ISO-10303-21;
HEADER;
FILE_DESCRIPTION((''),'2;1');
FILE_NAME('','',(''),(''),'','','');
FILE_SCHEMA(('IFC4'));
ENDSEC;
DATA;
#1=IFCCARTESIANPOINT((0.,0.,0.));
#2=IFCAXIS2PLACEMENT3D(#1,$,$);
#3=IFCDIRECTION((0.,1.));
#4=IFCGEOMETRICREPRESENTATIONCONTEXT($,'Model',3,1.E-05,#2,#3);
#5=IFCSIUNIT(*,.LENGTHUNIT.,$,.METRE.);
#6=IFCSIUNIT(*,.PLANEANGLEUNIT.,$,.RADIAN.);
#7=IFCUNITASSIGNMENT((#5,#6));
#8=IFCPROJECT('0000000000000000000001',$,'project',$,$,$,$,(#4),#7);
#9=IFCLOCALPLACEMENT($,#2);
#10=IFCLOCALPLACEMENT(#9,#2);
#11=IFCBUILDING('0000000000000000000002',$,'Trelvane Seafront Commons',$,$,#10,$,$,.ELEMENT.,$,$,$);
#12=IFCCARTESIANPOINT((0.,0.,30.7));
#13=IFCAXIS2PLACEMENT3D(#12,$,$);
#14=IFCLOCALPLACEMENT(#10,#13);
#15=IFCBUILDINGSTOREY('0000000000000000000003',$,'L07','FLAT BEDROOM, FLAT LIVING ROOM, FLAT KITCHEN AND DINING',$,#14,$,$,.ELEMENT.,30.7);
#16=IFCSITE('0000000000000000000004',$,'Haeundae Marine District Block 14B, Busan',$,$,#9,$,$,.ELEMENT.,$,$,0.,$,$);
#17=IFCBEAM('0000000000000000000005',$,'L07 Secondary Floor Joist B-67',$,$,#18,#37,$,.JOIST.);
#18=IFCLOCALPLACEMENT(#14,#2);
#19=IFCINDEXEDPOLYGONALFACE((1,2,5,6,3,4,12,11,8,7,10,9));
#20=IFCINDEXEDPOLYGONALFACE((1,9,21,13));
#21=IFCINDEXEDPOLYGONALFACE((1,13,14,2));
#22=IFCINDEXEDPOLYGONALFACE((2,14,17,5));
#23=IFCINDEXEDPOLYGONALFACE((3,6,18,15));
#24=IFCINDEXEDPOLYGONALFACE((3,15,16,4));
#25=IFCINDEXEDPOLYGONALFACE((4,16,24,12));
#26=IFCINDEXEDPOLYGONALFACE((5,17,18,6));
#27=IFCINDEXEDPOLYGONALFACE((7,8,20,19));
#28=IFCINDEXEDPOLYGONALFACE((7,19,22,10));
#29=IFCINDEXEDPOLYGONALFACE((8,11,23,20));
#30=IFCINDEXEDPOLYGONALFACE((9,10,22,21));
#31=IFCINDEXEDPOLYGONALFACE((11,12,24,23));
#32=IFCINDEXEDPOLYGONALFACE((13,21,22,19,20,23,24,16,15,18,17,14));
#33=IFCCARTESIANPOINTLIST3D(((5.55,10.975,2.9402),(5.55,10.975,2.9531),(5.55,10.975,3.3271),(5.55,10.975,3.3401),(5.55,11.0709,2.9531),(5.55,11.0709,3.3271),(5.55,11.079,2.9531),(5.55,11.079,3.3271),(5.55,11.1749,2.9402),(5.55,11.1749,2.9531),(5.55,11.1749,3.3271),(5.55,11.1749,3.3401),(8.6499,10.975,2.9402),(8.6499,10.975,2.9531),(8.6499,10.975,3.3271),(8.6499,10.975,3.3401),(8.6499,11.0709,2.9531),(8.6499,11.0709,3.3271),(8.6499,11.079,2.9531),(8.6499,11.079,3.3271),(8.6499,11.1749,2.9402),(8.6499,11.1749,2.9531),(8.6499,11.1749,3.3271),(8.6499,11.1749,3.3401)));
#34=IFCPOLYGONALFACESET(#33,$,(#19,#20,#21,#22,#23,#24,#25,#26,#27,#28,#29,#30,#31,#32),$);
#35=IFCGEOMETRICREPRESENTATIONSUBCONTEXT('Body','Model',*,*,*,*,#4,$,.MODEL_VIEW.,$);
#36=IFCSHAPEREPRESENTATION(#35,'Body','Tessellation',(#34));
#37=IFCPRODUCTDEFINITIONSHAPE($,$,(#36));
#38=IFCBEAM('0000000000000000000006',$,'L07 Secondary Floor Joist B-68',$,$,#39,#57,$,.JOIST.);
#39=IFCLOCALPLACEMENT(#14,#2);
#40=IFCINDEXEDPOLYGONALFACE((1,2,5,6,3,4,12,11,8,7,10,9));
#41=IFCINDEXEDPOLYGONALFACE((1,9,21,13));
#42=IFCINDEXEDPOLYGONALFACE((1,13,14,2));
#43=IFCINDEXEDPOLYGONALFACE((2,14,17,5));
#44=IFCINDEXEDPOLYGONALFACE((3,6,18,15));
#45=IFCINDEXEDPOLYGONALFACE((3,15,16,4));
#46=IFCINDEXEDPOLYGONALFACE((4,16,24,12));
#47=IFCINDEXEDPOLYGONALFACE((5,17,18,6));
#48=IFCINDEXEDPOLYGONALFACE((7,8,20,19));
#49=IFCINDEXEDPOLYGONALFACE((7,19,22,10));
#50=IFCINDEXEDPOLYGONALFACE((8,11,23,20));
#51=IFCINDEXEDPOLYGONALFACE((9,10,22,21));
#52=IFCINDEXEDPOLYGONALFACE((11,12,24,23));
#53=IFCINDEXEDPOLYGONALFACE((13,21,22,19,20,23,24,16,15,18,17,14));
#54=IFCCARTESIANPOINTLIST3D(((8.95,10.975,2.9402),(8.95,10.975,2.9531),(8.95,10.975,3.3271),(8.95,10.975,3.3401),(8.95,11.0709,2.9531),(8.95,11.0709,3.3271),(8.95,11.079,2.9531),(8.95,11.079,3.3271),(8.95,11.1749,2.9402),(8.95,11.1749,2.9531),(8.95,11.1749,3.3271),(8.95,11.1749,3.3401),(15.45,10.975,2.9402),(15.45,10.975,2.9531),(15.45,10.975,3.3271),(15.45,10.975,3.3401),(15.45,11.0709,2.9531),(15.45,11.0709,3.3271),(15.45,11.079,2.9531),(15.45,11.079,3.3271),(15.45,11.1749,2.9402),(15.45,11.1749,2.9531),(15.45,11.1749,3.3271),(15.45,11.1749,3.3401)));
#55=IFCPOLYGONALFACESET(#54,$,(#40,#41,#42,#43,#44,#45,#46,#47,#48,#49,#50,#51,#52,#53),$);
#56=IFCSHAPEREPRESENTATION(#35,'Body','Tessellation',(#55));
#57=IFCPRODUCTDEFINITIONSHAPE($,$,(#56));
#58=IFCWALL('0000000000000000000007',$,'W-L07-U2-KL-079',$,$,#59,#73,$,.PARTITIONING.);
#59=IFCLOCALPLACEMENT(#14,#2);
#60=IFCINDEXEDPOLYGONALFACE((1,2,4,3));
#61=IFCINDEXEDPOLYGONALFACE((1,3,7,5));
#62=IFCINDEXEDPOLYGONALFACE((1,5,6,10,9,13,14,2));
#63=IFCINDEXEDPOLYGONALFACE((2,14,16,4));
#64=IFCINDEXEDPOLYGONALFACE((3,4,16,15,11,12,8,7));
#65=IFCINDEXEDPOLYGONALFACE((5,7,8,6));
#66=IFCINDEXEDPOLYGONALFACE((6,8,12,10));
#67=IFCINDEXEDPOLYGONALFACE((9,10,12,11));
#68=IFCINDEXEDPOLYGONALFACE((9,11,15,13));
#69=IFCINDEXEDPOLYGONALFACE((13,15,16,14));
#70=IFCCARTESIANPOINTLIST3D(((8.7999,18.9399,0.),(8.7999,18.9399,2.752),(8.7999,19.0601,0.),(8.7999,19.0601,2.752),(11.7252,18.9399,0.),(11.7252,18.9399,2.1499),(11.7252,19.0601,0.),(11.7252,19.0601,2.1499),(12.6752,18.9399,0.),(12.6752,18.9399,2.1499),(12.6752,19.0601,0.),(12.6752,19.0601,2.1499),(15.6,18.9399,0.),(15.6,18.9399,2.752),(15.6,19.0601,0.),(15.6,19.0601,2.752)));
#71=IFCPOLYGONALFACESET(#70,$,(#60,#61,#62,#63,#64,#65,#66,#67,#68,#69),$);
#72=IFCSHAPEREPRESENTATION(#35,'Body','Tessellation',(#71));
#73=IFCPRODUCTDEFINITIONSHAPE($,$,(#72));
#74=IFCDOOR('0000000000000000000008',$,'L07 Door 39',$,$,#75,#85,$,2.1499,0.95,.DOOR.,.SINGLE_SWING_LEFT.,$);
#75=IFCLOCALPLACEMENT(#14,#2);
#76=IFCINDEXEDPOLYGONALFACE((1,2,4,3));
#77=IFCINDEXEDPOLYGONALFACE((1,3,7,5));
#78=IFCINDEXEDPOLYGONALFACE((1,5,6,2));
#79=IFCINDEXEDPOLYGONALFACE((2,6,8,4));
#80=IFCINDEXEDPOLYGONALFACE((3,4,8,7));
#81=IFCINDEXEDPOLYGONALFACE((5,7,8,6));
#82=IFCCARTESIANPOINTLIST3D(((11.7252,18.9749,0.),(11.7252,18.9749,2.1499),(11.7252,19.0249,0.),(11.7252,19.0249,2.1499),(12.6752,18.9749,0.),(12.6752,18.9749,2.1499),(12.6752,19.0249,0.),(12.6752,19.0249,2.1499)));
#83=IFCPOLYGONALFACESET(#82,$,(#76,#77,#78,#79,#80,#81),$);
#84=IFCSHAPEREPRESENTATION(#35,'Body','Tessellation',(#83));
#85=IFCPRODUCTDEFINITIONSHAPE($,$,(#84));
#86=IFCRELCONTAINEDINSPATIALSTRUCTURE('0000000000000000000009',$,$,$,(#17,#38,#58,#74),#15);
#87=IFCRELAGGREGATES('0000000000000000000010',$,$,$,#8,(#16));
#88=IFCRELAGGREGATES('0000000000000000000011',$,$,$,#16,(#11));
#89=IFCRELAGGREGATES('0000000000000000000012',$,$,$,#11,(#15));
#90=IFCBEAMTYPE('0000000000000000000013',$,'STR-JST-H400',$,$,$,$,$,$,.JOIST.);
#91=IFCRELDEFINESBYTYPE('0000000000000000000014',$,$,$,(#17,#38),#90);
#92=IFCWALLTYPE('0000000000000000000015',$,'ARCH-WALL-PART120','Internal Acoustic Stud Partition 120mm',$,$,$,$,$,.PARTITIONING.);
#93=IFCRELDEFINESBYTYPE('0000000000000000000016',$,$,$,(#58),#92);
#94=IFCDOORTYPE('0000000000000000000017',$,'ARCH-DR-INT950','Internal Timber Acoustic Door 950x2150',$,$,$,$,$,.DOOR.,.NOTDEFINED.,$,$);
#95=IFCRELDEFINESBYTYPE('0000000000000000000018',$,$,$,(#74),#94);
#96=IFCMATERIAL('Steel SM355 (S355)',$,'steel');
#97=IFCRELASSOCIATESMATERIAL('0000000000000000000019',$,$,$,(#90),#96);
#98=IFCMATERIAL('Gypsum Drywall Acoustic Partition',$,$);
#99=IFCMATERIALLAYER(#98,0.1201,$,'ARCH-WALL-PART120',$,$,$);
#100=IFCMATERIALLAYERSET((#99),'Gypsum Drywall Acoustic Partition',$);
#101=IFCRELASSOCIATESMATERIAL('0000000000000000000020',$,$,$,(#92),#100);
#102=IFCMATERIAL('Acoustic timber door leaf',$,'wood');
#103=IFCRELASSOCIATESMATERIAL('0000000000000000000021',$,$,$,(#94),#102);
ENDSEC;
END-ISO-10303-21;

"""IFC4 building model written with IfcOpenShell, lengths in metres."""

from ifc_helpers import new_model, si_unit, direction, frame, frame_2d, origin, origin_2d, place, context, subcontext, project, spatial, rectangle, i_section, extrude, source, transform, mapped, material, layer, layer_set, material_profile, profile_set, type_object, element, fill, save


model = new_model("IFC4")

# Units and contexts
model_context = context("Model", 3, precision=1e-05, world=origin(), true_north=direction((0.0, 1.0)))
body_context = subcontext(model_context, "Body", "Model", "MODEL_VIEW")
ifc_project = project(units=[si_unit("LENGTHUNIT", "METRE"), si_unit("PLANEANGLEUNIT", "RADIAN")], contexts=[model_context])

# Site, building, storey
site_placement = place(None, origin())
site = spatial("IfcSite", under=ifc_project, at=site_placement, Name="Haeundae Marine District Block 14B, Busan", CompositionType="ELEMENT", RefElevation=0.0)
building_placement = place(site_placement, origin())
building = spatial("IfcBuilding", under=site, at=building_placement, Name="Trelvane Seafront Commons", CompositionType="ELEMENT")
storey_placement = place(building_placement, frame((0.0, 0.0, 30.7)))
storey = spatial("IfcBuildingStorey", under=building, at=storey_placement, Name="L07", Description="FLAT BEDROOM, FLAT LIVING ROOM, FLAT KITCHEN AND DINING", CompositionType="ELEMENT", Elevation=30.7)

# Shared definitions
ifc_material_1 = material(Name="Steel SM355 (S355)", Category="steel")

# Beams
ifc_material_profile_1 = material_profile(ifc_material_1, i_section(OverallWidth=0.2, OverallDepth=0.3999, WebThickness=0.0081, FlangeThickness=0.0129, at=origin_2d()), Name="H-400x200x8x13")
ifc_profile_set_1 = profile_set([ifc_material_profile_1], Name="Steel SM355 (S355)")
beam_type_1 = type_object("IfcBeamType", Name="STR-JST-H400", PredefinedType="JOIST", material=ifc_profile_set_1)
shared_shape_1 = source(origin(), body_context, "Body", "SweptSolid", [
    extrude(i_section(OverallWidth=0.2, OverallDepth=0.3999, WebThickness=0.0081, FlangeThickness=0.0129, at=origin_2d()), origin(), (0.0, 0.0, 1.0), 3.0999),
])
beam_1_placement = place(storey_placement, frame((5.55, 11.075, 3.1401), z_axis=(1.0, 0.0, 0.0), x_axis=(0.0, 1.0, 0.0)))
element("IfcBeam", 1, at=beam_1_placement, inside=storey, type_object=beam_type_1, Name="L07 Secondary Floor Joist B-67", PredefinedType="JOIST", context=body_context, shape_type="MappedRepresentation", body=[
    mapped(shared_shape_1, transform((0.0, 0.0, 0.0), x_axis=(1.0, 0.0, 0.0), y_axis=(0.0, 1.0, 0.0), z_axis=(0.0, 0.0, 1.0), scale=1.0)),
])
shared_shape_2 = source(origin(), body_context, "Body", "SweptSolid", [
    extrude(i_section(OverallWidth=0.2, OverallDepth=0.3999, WebThickness=0.0081, FlangeThickness=0.0129, at=origin_2d()), origin(), (0.0, 0.0, 1.0), 6.5),
])
beam_2_placement = place(storey_placement, frame((8.95, 11.075, 3.1401), z_axis=(1.0, 0.0, 0.0), x_axis=(0.0, 1.0, 0.0)))
element("IfcBeam", 2, at=beam_2_placement, inside=storey, type_object=beam_type_1, Name="L07 Secondary Floor Joist B-68", PredefinedType="JOIST", context=body_context, shape_type="MappedRepresentation", body=[
    mapped(shared_shape_2, transform((0.0, 0.0, 0.0), x_axis=(1.0, 0.0, 0.0), y_axis=(0.0, 1.0, 0.0), z_axis=(0.0, 0.0, 1.0), scale=1.0)),
])

# Wall, opening, door
ifc_material_2 = material(Name="Gypsum Drywall Acoustic Partition")
ifc_layer = layer(ifc_material_2, 0.1201, Name="ARCH-WALL-PART120")
ifc_layer_set = layer_set([ifc_layer], Name="Gypsum Drywall Acoustic Partition")
wall_type = type_object("IfcWallType", Name="ARCH-WALL-PART120", Description="Internal Acoustic Stud Partition 120mm", PredefinedType="PARTITIONING", material=ifc_layer_set)
ifc_material_3 = material(Name="Acoustic timber door leaf", Category="wood")
door_type = type_object("IfcDoorType", Name="ARCH-DR-INT950", Description="Internal Timber Acoustic Door 950x2150", OperationType="NOTDEFINED", PredefinedType="DOOR", material=ifc_material_3)
shared_shape_3 = source(origin(), body_context, "Body", "SweptSolid", [
    extrude(rectangle(XDim=0.95, YDim=2.1499, at=frame_2d((0.4751, 1.075))), frame((0.0, 0.0249, 0.0), z_axis=(0.0, -1.0, 0.0), x_axis=(1.0, 0.0, 0.0)), (0.0, 0.0, 1.0), 0.05),
])
wall_1_placement = place(storey_placement, frame((8.8, 19.0, 0.0), z_axis=(0.0, 0.0, 1.0), x_axis=(1.0, 0.0, 0.0)))
wall_1 = element("IfcWall", 3, at=wall_1_placement, inside=storey, type_object=wall_type, Name="W-L07-U2-KL-079", PredefinedType="PARTITIONING", context=body_context, shape_type="SweptSolid", body=[
    extrude(rectangle(XDim=6.8, YDim=0.1201, at=frame_2d((3.3999, 0.0))), origin(), (0.0, 0.0, 1.0), 2.752),
])
opening_1_placement = place(wall_1_placement, frame((2.925, 0.0, 0.0)))
opening_1 = element("IfcOpeningElement", 4, at=opening_1_placement, cuts=wall_1, PredefinedType="OPENING", context=body_context, shape_type="SweptSolid", body=[
    extrude(rectangle(XDim=0.95, YDim=2.1499, at=frame_2d((0.4751, 1.075))), frame((0.0, 0.0701, 0.0), z_axis=(0.0, -1.0, 0.0), x_axis=(1.0, 0.0, 0.0)), (0.0, 0.0, 1.0), 0.1401),
])
door_1_placement = place(opening_1_placement, origin())
door_1 = element("IfcDoor", 5, at=door_1_placement, inside=storey, type_object=door_type, Name="L07 Door 39", OperationType="SINGLE_SWING_LEFT", OverallHeight=2.1499, OverallWidth=0.95, PredefinedType="DOOR", context=body_context, shape_type="MappedRepresentation", body=[
    mapped(shared_shape_3, transform((0.0, 0.0, 0.0), x_axis=(1.0, 0.0, 0.0), y_axis=(0.0, 1.0, 0.0), z_axis=(0.0, 0.0, 1.0), scale=1.0)),
])
fill(opening_1, door_1)

save(model, "model.ifc")
